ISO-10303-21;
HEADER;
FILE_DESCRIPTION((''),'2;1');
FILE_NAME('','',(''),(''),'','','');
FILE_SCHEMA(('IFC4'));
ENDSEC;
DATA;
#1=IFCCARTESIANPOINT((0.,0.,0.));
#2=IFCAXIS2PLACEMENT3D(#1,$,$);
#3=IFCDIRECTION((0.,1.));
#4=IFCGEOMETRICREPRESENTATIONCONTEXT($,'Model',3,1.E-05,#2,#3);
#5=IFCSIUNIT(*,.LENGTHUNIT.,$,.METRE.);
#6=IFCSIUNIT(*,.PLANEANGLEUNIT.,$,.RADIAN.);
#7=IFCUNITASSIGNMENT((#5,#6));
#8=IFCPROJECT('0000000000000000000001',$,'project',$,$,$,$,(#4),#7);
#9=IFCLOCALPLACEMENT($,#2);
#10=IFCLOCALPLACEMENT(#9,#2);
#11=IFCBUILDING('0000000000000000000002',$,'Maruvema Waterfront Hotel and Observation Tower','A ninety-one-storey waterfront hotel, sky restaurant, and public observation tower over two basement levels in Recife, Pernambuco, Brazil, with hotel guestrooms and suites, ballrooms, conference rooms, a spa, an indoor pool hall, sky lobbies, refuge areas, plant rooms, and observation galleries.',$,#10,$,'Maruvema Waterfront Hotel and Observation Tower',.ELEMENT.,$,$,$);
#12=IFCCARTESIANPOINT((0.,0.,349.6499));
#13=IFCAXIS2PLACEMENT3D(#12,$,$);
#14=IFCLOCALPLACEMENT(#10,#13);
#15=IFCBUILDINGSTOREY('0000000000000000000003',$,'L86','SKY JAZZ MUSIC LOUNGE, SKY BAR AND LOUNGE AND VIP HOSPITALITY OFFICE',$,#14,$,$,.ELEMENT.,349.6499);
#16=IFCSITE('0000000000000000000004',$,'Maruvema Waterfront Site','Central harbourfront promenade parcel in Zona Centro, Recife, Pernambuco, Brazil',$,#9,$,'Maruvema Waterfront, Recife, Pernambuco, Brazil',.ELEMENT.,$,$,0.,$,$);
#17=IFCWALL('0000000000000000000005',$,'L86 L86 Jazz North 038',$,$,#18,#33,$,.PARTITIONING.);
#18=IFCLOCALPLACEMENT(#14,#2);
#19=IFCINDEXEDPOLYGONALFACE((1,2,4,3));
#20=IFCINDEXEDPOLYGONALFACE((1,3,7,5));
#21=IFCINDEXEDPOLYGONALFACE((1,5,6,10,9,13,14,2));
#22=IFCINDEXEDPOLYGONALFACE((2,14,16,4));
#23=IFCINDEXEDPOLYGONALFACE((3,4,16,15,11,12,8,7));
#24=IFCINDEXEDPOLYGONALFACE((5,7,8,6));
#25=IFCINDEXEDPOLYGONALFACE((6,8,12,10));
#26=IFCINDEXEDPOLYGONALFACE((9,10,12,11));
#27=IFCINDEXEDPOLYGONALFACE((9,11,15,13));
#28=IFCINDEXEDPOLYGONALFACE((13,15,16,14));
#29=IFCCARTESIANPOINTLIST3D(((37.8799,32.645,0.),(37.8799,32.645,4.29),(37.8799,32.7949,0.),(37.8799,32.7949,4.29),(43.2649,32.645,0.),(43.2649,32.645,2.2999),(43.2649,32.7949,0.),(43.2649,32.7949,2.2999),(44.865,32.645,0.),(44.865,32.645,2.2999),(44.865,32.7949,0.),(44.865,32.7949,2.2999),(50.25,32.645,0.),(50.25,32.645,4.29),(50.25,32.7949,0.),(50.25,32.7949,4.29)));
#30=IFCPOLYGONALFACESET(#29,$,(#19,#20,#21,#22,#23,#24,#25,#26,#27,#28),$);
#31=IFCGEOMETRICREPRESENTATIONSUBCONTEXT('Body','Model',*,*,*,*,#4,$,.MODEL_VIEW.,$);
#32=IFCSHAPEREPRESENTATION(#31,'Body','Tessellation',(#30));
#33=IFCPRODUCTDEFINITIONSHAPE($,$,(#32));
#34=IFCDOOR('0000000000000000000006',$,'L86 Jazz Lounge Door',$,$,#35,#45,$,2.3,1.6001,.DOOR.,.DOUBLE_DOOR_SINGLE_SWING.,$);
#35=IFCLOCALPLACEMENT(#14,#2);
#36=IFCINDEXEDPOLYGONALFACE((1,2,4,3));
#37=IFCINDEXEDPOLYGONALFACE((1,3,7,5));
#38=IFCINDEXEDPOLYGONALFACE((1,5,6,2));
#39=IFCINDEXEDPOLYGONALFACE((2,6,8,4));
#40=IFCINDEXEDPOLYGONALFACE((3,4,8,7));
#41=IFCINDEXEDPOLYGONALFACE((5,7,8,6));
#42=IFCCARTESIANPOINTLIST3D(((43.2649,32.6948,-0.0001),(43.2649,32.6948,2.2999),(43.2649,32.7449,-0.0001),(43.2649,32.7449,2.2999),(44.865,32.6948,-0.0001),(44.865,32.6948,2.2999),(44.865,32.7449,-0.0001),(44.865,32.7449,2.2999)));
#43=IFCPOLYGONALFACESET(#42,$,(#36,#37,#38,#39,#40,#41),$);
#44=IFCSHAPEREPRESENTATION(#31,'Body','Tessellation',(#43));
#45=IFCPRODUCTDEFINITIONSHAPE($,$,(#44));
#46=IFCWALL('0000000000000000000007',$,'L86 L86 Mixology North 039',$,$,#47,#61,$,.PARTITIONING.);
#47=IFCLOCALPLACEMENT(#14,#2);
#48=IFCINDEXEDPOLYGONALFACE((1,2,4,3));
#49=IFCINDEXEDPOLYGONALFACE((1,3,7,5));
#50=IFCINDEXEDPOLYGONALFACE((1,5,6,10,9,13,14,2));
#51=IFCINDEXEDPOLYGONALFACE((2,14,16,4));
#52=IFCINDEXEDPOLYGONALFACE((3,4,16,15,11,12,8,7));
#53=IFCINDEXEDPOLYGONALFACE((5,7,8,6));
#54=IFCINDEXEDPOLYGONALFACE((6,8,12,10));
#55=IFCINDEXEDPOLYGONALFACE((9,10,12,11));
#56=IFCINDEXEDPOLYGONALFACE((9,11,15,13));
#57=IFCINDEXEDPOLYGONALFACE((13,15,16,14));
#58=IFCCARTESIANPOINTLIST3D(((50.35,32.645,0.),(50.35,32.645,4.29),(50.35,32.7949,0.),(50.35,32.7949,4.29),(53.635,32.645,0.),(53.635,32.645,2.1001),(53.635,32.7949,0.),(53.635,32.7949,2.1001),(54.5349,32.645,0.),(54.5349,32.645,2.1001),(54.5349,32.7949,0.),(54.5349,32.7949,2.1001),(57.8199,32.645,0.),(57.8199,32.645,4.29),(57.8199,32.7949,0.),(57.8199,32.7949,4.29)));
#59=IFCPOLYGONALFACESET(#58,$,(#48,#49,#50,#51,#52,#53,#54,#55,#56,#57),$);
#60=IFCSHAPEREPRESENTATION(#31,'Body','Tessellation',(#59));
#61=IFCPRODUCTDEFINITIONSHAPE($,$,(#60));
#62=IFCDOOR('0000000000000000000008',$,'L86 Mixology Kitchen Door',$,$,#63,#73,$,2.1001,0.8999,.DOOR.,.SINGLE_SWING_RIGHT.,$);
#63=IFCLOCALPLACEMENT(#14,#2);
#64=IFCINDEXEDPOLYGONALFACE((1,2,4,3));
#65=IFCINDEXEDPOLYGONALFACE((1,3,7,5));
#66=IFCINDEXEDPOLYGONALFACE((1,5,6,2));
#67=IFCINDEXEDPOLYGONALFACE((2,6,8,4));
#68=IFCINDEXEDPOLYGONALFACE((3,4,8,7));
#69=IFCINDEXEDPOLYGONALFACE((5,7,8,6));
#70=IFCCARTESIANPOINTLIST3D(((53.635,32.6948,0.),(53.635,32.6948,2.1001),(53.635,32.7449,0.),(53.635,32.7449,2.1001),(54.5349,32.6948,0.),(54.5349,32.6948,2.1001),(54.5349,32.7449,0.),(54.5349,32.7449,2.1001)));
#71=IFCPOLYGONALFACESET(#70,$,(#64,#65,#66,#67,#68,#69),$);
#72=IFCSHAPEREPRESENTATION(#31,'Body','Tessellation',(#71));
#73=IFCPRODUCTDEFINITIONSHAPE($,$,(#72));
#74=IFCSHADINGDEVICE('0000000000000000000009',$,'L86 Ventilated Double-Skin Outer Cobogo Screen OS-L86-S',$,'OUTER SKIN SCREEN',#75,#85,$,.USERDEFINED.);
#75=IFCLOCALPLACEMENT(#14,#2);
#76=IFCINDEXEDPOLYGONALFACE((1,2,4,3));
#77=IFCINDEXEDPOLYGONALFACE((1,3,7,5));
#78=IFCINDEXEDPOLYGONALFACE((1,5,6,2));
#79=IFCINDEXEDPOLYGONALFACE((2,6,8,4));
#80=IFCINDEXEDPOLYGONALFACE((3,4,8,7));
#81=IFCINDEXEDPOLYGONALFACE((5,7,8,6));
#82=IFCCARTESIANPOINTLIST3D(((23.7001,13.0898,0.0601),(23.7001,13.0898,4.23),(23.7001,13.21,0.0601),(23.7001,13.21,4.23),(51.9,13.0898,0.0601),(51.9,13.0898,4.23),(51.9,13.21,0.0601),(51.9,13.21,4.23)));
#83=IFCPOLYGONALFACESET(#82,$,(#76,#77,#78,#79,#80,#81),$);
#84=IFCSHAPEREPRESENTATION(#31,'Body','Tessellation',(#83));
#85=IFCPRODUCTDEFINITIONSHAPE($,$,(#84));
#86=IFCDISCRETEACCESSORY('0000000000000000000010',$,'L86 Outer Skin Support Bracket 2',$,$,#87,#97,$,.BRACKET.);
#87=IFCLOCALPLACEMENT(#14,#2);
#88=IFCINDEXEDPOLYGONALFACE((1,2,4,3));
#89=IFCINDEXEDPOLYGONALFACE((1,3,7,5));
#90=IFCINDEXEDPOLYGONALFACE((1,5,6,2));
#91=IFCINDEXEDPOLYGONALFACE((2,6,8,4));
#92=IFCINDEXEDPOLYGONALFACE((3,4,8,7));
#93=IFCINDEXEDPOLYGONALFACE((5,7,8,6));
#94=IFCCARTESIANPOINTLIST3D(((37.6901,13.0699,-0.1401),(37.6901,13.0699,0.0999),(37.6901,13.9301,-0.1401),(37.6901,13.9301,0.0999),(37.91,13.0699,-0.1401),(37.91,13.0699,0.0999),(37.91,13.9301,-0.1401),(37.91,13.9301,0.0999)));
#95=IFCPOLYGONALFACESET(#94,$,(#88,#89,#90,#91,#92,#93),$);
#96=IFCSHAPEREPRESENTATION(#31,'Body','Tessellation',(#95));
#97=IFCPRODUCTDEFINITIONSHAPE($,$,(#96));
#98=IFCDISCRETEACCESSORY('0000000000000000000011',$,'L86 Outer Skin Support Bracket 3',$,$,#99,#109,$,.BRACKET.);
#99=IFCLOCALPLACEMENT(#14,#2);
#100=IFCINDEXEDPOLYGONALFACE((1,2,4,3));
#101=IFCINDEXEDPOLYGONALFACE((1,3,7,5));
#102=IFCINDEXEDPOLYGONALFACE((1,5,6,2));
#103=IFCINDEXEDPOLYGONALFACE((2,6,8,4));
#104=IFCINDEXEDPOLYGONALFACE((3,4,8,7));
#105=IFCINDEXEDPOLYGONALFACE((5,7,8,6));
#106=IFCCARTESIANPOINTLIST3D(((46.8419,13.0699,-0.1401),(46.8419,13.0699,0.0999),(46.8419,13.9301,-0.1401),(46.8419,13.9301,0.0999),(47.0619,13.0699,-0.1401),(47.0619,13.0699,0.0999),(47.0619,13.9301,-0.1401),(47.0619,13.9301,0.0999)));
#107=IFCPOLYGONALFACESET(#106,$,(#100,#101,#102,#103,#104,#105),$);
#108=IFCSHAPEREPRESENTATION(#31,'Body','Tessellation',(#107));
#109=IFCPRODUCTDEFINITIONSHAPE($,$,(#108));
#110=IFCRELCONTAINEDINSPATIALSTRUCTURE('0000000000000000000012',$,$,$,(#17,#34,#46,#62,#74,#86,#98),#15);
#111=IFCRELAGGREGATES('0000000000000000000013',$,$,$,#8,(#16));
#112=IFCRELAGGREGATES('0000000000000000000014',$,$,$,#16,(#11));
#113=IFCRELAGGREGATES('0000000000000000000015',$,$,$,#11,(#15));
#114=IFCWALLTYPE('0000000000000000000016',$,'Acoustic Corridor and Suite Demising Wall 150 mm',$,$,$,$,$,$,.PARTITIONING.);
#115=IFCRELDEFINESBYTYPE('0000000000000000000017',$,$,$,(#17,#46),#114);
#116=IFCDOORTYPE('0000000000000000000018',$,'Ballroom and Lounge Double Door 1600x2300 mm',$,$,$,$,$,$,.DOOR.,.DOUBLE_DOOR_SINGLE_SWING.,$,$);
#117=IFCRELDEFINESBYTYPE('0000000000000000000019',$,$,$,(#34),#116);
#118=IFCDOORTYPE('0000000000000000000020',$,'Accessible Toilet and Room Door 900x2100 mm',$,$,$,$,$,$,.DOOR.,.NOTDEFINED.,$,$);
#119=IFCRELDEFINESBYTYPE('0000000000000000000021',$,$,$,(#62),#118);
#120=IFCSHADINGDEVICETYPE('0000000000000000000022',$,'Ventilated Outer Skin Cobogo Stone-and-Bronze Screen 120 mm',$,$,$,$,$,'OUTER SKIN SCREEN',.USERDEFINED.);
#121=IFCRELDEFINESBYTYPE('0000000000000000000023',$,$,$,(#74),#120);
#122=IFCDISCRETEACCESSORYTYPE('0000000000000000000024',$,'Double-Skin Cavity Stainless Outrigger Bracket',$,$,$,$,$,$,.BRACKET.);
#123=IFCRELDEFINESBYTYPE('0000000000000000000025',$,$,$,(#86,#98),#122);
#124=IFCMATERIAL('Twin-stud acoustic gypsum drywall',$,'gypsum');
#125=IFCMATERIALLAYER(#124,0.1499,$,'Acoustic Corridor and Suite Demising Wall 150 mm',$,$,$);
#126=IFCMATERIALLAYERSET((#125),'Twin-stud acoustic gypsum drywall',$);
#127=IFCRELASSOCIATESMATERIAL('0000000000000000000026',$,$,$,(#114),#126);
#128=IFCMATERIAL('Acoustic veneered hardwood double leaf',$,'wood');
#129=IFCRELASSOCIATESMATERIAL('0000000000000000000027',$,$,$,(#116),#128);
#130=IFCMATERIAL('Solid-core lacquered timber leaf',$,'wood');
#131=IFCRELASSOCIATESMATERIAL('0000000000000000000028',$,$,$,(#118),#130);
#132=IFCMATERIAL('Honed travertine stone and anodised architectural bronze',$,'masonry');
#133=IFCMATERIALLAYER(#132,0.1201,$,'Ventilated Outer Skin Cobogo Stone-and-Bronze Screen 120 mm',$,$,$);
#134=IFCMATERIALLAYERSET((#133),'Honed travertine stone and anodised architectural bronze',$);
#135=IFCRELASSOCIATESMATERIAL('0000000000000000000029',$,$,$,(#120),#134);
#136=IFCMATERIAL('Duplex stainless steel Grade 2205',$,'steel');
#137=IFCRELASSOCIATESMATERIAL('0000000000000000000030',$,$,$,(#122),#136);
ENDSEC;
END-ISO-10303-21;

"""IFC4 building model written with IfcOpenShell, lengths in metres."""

from ifc_helpers import new_model, si_unit, direction, frame, frame_2d, origin, origin_2d, place, context, subcontext, project, spatial, rectangle, extrude, material, layer, layer_set, type_object, element, fill, save


model = new_model("IFC4")

# Units and contexts
model_context = context("Model", 3, precision=1e-05, world=origin(), true_north=direction((0.0, 1.0)))
body_context = subcontext(model_context, "Body", "Model", "MODEL_VIEW")
ifc_project = project(units=[si_unit("LENGTHUNIT", "METRE"), si_unit("PLANEANGLEUNIT", "RADIAN")], contexts=[model_context])

# Site, building, storey
site_placement = place(None, origin())
site = spatial("IfcSite", under=ifc_project, at=site_placement, Name="Maruvema Waterfront Site", Description="Central harbourfront promenade parcel in Zona Centro, Recife, Pernambuco, Brazil", LongName="Maruvema Waterfront, Recife, Pernambuco, Brazil", CompositionType="ELEMENT", RefElevation=0.0)
building_placement = place(site_placement, origin())
building = spatial("IfcBuilding", under=site, at=building_placement, Name="Maruvema Waterfront Hotel and Observation Tower", Description="A ninety-one-storey waterfront hotel, sky restaurant, and public observation tower over two basement levels in Recife, Pernambuco, Brazil, with hotel guestrooms and suites, ballrooms, conference rooms, a spa, an indoor pool hall, sky lobbies, refuge areas, plant rooms, and observation galleries.", LongName="Maruvema Waterfront Hotel and Observation Tower", CompositionType="ELEMENT")
storey_placement = place(building_placement, frame((0.0, 0.0, 349.6499)))
storey = spatial("IfcBuildingStorey", under=building, at=storey_placement, Name="L86", Description="SKY JAZZ MUSIC LOUNGE, SKY BAR AND LOUNGE AND VIP HOSPITALITY OFFICE", CompositionType="ELEMENT", Elevation=349.6499)

# Shared definitions
ifc_material_1 = material(Name="Twin-stud acoustic gypsum drywall", Category="gypsum")
ifc_layer_1 = layer(ifc_material_1, 0.1499, Name="Acoustic Corridor and Suite Demising Wall 150 mm")
ifc_layer_set_1 = layer_set([ifc_layer_1], Name="Twin-stud acoustic gypsum drywall")
wall_type = type_object("IfcWallType", Name="Acoustic Corridor and Suite Demising Wall 150 mm", PredefinedType="PARTITIONING", material=ifc_layer_set_1)

# Walls, openings, doors
wall_1_placement = place(storey_placement, frame((37.8799, 32.72, 0.0), z_axis=(0.0, 0.0, 1.0), x_axis=(1.0, 0.0, 0.0)))
wall_1 = element("IfcWall", 1, at=wall_1_placement, inside=storey, type_object=wall_type, Name="L86 L86 Jazz North 038", PredefinedType="PARTITIONING", context=body_context, shape_type="SweptSolid", body=[
    extrude(rectangle(XDim=12.3701, YDim=0.1499, at=frame_2d((6.1851, 0.0))), origin(), (0.0, 0.0, 1.0), 4.29),
])
opening_1_placement = place(wall_1_placement, frame((5.385, 0.0, 0.0)))
opening_1 = element("IfcOpeningElement", 2, at=opening_1_placement, cuts=wall_1, PredefinedType="OPENING", context=body_context, shape_type="SweptSolid", body=[
    extrude(rectangle(XDim=1.6001, YDim=2.3, at=frame_2d((0.8, 1.1499))), frame((0.0, 0.085, 0.0), z_axis=(0.0, -1.0, 0.0), x_axis=(1.0, 0.0, 0.0)), (0.0, 0.0, 1.0), 0.1699),
])
ifc_material_2 = material(Name="Acoustic veneered hardwood double leaf", Category="wood")
door_type_1 = type_object("IfcDoorType", Name="Ballroom and Lounge Double Door 1600x2300 mm", OperationType="DOUBLE_DOOR_SINGLE_SWING", PredefinedType="DOOR", material=ifc_material_2)
door_1_placement = place(opening_1_placement, origin())
door_1 = element("IfcDoor", 3, at=door_1_placement, inside=storey, type_object=door_type_1, Name="L86 Jazz Lounge Door", OperationType="DOUBLE_DOOR_SINGLE_SWING", OverallHeight=2.3, OverallWidth=1.6001, PredefinedType="DOOR", context=body_context, shape_type="SweptSolid", body=[
    extrude(rectangle(XDim=1.6001, YDim=2.3, at=frame_2d((0.8, 1.1499))), frame((0.0, 0.0249, 0.0), z_axis=(0.0, -1.0, 0.0), x_axis=(1.0, 0.0, 0.0)), (0.0, 0.0, 1.0), 0.05),
])
fill(opening_1, door_1)
wall_2_placement = place(storey_placement, frame((50.3501, 32.72, 0.0), z_axis=(0.0, 0.0, 1.0), x_axis=(1.0, 0.0, 0.0)))
wall_2 = element("IfcWall", 4, at=wall_2_placement, inside=storey, type_object=wall_type, Name="L86 L86 Mixology North 039", PredefinedType="PARTITIONING", context=body_context, shape_type="SweptSolid", body=[
    extrude(rectangle(XDim=7.47, YDim=0.1499, at=frame_2d((3.7349, 0.0))), origin(), (0.0, 0.0, 1.0), 4.29),
])
opening_2_placement = place(wall_2_placement, frame((3.2849, 0.0, 0.0)))
opening_2 = element("IfcOpeningElement", 5, at=opening_2_placement, cuts=wall_2, PredefinedType="OPENING", context=body_context, shape_type="SweptSolid", body=[
    extrude(rectangle(XDim=0.8999, YDim=2.1001, at=frame_2d((0.45, 1.05))), frame((0.0, 0.085, 0.0), z_axis=(0.0, -1.0, 0.0), x_axis=(1.0, 0.0, 0.0)), (0.0, 0.0, 1.0), 0.1699),
])
ifc_material_3 = material(Name="Solid-core lacquered timber leaf", Category="wood")
door_type_2 = type_object("IfcDoorType", Name="Accessible Toilet and Room Door 900x2100 mm", OperationType="NOTDEFINED", PredefinedType="DOOR", material=ifc_material_3)
door_2_placement = place(opening_2_placement, origin())
door_2 = element("IfcDoor", 6, at=door_2_placement, inside=storey, type_object=door_type_2, Name="L86 Mixology Kitchen Door", OperationType="SINGLE_SWING_RIGHT", OverallHeight=2.1001, OverallWidth=0.8999, PredefinedType="DOOR", context=body_context, shape_type="SweptSolid", body=[
    extrude(rectangle(XDim=0.8999, YDim=2.1001, at=frame_2d((0.45, 1.05))), frame((0.0, 0.0249, 0.0), z_axis=(0.0, -1.0, 0.0), x_axis=(1.0, 0.0, 0.0)), (0.0, 0.0, 1.0), 0.05),
])
fill(opening_2, door_2)

# Shading device
ifc_material_4 = material(Name="Honed travertine stone and anodised architectural bronze", Category="masonry")
ifc_layer_2 = layer(ifc_material_4, 0.1201, Name="Ventilated Outer Skin Cobogo Stone-and-Bronze Screen 120 mm")
ifc_layer_set_2 = layer_set([ifc_layer_2], Name="Honed travertine stone and anodised architectural bronze")
shading_device_type = type_object("IfcShadingDeviceType", Name="Ventilated Outer Skin Cobogo Stone-and-Bronze Screen 120 mm", ElementType="OUTER SKIN SCREEN", PredefinedType="USERDEFINED", material=ifc_layer_set_2)
shading_device_placement = place(storey_placement, frame((37.8, 13.1499, 0.0601), z_axis=(0.0, 0.0, 1.0), x_axis=(1.0, 0.0, 0.0)))
element("IfcShadingDevice", 7, at=shading_device_placement, inside=storey, type_object=shading_device_type, Name="L86 Ventilated Double-Skin Outer Cobogo Screen OS-L86-S", ObjectType="OUTER SKIN SCREEN", PredefinedType="USERDEFINED", context=body_context, shape_type="SweptSolid", body=[
    extrude(rectangle(XDim=28.2, YDim=0.1201, at=origin_2d()), origin(), (0.0, 0.0, 1.0), 4.1699),
])

# Discrete accessories
ifc_material_5 = material(Name="Duplex stainless steel Grade 2205", Category="steel")
discrete_accessory_type = type_object("IfcDiscreteAccessoryType", Name="Double-Skin Cavity Stainless Outrigger Bracket", PredefinedType="BRACKET", material=ifc_material_5)
for number, where, z_axis, x_axis, name in (
    (8, (37.8, 13.5, -0.1401), (0.0, 0.0, 1.0), (1.0, 0.0, 0.0), "L86 Outer Skin Support Bracket 2"),
    (9, (46.9519, 13.5, -0.1401), (0.0, 0.0, 1.0), (1.0, 0.0, 0.0), "L86 Outer Skin Support Bracket 3"),
):
    element("IfcDiscreteAccessory", number, at=place(storey_placement, frame(where, z_axis=z_axis, x_axis=x_axis)), inside=storey, type_object=discrete_accessory_type, Name=name, PredefinedType="BRACKET", context=body_context, shape_type="SweptSolid", body=[
        extrude(rectangle(XDim=0.22, YDim=0.8601, at=origin_2d()), origin(), (0.0, 0.0, 1.0), 0.24),
    ])

save(model, "model.ifc")
